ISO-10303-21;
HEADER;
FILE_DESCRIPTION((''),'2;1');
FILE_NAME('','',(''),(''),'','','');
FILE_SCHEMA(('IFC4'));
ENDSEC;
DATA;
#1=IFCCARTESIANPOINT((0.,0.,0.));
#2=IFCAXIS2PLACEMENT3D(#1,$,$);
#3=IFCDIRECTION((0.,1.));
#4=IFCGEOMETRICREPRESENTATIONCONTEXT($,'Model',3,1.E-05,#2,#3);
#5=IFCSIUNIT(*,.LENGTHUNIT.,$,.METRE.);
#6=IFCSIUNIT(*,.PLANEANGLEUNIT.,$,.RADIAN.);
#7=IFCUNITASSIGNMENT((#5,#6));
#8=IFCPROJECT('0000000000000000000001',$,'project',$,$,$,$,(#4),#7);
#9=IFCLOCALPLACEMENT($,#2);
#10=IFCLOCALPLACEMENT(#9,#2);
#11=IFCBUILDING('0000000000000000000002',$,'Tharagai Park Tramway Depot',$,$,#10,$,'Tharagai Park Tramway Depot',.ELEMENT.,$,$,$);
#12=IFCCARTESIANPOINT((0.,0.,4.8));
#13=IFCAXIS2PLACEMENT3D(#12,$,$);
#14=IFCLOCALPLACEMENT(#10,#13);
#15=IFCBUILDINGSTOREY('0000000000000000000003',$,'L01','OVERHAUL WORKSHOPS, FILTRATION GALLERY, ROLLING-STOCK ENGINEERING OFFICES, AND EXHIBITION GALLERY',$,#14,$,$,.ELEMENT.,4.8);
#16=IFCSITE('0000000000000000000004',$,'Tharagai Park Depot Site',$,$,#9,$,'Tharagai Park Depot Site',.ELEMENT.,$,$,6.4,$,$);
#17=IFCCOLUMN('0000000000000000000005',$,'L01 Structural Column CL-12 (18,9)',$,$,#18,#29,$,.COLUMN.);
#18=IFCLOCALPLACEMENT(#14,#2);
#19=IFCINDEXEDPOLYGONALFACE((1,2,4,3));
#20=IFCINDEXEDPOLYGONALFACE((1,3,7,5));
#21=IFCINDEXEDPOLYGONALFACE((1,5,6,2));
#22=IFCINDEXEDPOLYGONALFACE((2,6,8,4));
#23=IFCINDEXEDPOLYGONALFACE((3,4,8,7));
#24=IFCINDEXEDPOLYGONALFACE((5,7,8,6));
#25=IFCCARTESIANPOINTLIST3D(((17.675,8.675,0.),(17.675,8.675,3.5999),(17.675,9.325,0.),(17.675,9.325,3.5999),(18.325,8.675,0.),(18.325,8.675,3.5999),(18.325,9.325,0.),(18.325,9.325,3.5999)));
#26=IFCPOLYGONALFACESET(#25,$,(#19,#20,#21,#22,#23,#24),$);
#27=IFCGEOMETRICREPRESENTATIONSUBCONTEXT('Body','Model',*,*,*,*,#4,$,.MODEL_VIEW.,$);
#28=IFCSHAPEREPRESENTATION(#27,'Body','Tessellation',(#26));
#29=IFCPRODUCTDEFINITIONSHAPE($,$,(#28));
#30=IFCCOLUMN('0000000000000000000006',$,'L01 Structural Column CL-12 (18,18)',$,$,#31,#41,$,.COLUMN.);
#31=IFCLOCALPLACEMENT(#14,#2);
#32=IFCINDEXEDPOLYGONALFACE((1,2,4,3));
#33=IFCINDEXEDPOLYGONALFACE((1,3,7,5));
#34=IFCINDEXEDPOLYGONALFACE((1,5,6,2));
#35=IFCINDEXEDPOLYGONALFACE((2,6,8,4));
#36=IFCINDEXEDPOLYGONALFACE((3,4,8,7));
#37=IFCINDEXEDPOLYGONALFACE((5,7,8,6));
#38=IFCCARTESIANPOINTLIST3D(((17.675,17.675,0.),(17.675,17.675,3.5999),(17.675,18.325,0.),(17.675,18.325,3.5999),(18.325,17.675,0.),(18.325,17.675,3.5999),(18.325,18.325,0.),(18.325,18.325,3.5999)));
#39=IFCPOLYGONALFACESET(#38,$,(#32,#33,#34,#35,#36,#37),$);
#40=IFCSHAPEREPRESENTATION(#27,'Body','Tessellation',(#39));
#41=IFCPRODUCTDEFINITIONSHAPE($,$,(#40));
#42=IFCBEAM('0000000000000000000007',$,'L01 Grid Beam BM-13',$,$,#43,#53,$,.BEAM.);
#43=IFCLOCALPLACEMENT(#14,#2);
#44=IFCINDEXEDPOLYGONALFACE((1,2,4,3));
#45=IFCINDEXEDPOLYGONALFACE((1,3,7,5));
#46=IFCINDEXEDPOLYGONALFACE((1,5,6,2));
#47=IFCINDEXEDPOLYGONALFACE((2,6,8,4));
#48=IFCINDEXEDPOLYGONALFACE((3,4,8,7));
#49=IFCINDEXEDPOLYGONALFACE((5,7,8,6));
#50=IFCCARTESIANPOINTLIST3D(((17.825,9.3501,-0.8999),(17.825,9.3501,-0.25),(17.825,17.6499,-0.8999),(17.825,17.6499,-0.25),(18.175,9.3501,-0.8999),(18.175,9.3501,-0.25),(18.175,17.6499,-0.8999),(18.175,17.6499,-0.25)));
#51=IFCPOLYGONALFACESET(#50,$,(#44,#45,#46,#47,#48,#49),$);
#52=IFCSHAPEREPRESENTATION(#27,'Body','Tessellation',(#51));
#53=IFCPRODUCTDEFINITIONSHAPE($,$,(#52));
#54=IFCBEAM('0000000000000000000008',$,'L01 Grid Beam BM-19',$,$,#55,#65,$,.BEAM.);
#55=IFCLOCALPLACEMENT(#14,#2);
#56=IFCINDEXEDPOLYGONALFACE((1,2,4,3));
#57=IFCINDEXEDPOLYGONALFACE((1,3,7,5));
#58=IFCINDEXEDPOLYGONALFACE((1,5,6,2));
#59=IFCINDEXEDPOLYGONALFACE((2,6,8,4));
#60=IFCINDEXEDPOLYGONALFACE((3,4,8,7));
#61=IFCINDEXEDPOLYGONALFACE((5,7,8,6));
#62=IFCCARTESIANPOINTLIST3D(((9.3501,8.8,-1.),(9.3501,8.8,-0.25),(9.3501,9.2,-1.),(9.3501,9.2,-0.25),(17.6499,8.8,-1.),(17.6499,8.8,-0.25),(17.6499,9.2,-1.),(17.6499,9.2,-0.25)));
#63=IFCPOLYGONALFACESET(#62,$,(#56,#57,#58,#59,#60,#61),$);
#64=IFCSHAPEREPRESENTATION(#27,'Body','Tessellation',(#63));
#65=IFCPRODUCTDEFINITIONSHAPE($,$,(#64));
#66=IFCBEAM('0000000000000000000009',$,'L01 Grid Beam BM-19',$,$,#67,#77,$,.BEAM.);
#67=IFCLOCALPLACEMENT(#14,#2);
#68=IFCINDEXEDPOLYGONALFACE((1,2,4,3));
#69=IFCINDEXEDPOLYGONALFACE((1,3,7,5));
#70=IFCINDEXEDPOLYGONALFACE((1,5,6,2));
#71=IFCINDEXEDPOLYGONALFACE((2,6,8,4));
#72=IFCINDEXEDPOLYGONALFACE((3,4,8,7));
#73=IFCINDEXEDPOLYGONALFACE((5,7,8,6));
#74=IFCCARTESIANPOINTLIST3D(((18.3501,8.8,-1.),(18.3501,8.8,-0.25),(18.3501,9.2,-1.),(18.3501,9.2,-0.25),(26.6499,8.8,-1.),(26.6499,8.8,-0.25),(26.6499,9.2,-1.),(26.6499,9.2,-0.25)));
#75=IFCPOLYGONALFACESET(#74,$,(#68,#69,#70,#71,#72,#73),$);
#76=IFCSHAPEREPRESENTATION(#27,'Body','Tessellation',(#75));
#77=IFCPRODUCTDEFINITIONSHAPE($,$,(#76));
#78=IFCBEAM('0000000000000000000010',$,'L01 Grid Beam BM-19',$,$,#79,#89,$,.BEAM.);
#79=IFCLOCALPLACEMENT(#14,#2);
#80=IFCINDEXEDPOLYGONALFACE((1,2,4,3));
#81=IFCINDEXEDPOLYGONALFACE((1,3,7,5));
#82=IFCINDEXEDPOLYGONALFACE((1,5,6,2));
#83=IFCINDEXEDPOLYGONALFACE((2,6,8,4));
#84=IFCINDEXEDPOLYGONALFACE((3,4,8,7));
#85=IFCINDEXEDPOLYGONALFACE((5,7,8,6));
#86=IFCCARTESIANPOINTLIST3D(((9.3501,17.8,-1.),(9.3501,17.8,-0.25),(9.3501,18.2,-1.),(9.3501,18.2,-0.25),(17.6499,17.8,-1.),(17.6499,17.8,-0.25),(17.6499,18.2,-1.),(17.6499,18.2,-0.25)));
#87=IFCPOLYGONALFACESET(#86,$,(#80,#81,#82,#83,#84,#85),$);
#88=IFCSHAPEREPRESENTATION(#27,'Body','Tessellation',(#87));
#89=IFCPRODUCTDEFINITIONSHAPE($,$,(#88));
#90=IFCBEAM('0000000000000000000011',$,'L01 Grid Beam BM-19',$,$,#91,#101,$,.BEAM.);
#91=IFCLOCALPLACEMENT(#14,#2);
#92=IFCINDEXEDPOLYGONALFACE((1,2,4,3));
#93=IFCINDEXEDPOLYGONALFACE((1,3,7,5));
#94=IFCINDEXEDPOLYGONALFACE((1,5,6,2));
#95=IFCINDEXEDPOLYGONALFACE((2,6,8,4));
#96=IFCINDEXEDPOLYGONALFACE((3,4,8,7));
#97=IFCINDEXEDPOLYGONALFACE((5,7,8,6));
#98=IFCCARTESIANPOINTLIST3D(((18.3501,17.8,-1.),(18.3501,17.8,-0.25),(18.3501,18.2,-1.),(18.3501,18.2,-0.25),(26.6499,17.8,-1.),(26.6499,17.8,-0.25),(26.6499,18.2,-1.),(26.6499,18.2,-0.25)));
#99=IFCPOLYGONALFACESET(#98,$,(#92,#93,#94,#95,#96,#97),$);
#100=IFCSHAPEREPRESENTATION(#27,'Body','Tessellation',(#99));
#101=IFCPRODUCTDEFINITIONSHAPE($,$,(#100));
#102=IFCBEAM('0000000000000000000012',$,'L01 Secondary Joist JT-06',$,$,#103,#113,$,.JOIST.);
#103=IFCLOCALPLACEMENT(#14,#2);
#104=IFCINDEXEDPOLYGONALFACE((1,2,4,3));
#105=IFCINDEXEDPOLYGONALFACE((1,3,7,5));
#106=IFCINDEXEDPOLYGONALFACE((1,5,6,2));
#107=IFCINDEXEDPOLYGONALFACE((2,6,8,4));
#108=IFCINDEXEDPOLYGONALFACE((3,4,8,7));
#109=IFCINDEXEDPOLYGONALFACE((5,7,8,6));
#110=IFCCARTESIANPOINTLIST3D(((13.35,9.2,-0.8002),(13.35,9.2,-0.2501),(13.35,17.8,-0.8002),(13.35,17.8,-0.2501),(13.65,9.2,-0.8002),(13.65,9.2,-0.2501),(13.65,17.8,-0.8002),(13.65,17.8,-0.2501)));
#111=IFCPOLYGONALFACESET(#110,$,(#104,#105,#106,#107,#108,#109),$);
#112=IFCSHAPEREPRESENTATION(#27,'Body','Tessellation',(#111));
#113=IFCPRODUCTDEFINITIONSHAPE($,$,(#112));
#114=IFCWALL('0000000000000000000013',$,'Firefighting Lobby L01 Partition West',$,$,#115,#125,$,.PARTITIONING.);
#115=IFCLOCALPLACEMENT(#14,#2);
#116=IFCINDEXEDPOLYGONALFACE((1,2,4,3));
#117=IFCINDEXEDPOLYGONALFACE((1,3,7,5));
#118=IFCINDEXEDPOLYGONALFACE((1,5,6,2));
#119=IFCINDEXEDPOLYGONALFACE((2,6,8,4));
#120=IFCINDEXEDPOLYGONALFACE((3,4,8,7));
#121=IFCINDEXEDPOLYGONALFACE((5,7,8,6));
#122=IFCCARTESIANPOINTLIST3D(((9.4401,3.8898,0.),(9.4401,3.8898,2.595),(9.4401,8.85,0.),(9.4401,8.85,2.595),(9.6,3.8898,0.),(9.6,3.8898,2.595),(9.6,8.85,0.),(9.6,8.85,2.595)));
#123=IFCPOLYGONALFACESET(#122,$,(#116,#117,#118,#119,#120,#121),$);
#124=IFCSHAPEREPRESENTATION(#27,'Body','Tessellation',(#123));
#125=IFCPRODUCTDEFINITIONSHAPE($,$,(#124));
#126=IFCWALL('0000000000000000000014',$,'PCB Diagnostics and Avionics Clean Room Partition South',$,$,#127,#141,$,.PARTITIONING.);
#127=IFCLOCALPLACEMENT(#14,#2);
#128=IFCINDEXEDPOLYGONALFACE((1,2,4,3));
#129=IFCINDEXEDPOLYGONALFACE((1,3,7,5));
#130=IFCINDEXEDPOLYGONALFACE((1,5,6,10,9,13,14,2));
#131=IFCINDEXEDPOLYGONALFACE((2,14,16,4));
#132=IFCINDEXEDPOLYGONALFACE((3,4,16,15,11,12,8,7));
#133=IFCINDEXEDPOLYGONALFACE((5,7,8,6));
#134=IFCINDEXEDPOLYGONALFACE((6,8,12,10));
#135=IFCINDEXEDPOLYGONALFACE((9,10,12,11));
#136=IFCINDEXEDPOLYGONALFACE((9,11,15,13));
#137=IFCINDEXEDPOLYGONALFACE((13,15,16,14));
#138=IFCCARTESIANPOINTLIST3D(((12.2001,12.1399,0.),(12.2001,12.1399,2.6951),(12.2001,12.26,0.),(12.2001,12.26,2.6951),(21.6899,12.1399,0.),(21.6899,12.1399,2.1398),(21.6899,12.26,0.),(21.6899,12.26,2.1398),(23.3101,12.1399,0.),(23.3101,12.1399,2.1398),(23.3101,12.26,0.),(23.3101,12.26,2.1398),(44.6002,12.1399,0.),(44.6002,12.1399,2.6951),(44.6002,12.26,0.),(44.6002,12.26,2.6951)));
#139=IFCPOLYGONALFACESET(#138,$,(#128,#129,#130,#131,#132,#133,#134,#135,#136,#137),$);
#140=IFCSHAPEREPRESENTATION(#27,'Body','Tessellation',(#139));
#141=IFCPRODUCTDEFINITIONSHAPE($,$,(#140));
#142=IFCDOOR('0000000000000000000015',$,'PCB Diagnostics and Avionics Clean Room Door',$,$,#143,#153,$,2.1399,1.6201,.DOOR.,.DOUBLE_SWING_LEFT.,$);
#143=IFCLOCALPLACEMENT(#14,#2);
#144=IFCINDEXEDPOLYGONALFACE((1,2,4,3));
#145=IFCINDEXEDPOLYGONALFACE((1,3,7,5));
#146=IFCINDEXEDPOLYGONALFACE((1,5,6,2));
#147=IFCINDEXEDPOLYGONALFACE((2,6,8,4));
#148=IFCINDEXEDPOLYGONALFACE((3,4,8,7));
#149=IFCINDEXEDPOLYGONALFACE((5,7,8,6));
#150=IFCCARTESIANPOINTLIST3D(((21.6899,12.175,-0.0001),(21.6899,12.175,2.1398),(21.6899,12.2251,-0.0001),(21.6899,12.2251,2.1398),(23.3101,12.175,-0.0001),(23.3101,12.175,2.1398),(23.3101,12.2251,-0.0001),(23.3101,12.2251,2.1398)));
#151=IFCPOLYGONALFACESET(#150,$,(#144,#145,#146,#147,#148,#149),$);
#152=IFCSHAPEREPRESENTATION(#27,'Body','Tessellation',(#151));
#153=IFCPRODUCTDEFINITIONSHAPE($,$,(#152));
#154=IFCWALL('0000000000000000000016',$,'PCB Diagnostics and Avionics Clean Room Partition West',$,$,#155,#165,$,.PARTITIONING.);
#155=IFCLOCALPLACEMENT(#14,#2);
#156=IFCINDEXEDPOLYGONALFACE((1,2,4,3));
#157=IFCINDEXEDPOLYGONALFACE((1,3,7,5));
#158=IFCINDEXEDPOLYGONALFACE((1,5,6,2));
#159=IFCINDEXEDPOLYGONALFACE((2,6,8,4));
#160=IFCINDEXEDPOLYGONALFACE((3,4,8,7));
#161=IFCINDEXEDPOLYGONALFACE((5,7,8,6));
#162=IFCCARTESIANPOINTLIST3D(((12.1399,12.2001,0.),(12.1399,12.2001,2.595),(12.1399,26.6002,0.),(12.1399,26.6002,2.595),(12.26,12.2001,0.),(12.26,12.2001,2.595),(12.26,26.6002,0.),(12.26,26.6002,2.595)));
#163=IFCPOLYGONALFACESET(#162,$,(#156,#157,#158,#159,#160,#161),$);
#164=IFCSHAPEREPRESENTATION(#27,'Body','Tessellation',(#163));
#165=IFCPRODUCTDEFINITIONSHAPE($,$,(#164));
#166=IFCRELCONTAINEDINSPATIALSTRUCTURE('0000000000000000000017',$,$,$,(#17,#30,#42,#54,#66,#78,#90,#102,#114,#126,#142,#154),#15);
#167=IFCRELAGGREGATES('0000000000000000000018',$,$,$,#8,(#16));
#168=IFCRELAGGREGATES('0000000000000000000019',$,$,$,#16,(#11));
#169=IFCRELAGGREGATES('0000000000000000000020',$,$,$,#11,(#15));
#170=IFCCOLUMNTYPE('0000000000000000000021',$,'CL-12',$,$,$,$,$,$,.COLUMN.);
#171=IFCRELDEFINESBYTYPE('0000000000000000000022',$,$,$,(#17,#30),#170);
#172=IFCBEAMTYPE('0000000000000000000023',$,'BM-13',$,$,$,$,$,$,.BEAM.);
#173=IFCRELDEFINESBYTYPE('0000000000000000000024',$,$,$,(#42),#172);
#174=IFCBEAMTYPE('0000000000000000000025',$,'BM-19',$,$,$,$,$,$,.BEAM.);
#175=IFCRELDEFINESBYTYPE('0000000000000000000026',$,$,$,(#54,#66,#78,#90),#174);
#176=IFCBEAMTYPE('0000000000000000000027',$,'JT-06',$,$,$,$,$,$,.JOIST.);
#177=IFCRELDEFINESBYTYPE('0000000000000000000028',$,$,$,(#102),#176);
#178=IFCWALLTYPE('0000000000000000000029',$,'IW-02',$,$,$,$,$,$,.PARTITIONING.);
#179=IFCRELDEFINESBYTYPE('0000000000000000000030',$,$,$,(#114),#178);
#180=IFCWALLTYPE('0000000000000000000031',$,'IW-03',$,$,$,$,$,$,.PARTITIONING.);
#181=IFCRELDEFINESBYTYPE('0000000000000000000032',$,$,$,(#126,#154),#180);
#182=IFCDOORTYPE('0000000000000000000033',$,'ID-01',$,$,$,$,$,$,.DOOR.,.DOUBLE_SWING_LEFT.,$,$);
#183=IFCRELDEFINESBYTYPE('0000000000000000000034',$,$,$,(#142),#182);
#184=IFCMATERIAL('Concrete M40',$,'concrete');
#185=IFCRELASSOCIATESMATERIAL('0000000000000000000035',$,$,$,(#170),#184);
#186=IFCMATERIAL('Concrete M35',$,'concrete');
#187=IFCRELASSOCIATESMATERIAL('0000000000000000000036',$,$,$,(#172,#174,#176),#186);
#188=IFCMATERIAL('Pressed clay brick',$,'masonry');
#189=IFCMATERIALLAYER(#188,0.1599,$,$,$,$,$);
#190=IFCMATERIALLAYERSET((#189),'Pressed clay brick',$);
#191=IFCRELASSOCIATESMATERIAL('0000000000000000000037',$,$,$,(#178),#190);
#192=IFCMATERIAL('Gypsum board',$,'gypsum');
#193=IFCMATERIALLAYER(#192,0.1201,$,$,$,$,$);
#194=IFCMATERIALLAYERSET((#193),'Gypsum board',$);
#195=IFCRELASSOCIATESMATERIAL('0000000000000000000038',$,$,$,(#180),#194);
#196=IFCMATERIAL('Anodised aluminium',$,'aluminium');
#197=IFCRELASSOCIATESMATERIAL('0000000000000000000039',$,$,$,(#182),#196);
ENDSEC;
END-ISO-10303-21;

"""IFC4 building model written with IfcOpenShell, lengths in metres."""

from ifc_helpers import new_model, si_unit, direction, frame, frame_2d, origin, origin_2d, place, context, subcontext, project, spatial, rectangle, extrude, material, layer, layer_set, material_profile, profile_set, type_object, element, fill, save


model = new_model("IFC4")

# Units and contexts
model_context = context("Model", 3, precision=1e-05, world=origin(), true_north=direction((0.0, 1.0)))
body_context = subcontext(model_context, "Body", "Model", "MODEL_VIEW")
ifc_project = project(units=[si_unit("LENGTHUNIT", "METRE"), si_unit("PLANEANGLEUNIT", "RADIAN")], contexts=[model_context])

# Site, building, storey
site_placement = place(None, origin())
site = spatial("IfcSite", under=ifc_project, at=site_placement, Name="Tharagai Park Depot Site", LongName="Tharagai Park Depot Site", CompositionType="ELEMENT", RefElevation=6.4)
building_placement = place(site_placement, origin())
building = spatial("IfcBuilding", under=site, at=building_placement, Name="Tharagai Park Tramway Depot", LongName="Tharagai Park Tramway Depot", CompositionType="ELEMENT")
storey_placement = place(building_placement, frame((0.0, 0.0, 4.8)))
storey = spatial("IfcBuildingStorey", under=building, at=storey_placement, Name="L01", Description="OVERHAUL WORKSHOPS, FILTRATION GALLERY, ROLLING-STOCK ENGINEERING OFFICES, AND EXHIBITION GALLERY", CompositionType="ELEMENT", Elevation=4.8)

# Columns
ifc_material_1 = material(Name="Concrete M40", Category="concrete")
ifc_material_profile_1 = material_profile(ifc_material_1, rectangle(XDim=0.6499, YDim=0.6499, at=origin_2d()), Name="RC 650x650")
ifc_profile_set_1 = profile_set([ifc_material_profile_1], Name="Concrete M40")
column_type = type_object("IfcColumnType", Name="CL-12", PredefinedType="COLUMN", material=ifc_profile_set_1)
for number, where, z_axis, x_axis, name in (
    (1, (18.0, 9.0, 0.0), (0.0, 0.0, 1.0), (1.0, 0.0, 0.0), "L01 Structural Column CL-12 (18,9)"),
    (2, (18.0, 18.0, 0.0), (0.0, 0.0, 1.0), (1.0, 0.0, 0.0), "L01 Structural Column CL-12 (18,18)"),
):
    element("IfcColumn", number, at=place(storey_placement, frame(where, z_axis=z_axis, x_axis=x_axis)), inside=storey, type_object=column_type, Name=name, PredefinedType="COLUMN", context=body_context, shape_type="SweptSolid", body=[
        extrude(rectangle(XDim=0.6499, YDim=0.6499, at=origin_2d()), origin(), (0.0, 0.0, 1.0), 3.5999),
    ])

# Beams
ifc_material_2 = material(Name="Concrete M35", Category="concrete")
ifc_material_profile_2 = material_profile(ifc_material_2, rectangle(XDim=0.3501, YDim=0.6499, at=origin_2d()), Name="RC 350x650")
ifc_profile_set_2 = profile_set([ifc_material_profile_2], Name="Concrete M35")
beam_type_1 = type_object("IfcBeamType", Name="BM-13", PredefinedType="BEAM", material=ifc_profile_set_2)
beam_1_placement = place(storey_placement, frame((18.0, 9.3501, -0.575), z_axis=(0.0, 1.0, 0.0), x_axis=(-1.0, 0.0, 0.0)))
element("IfcBeam", 3, at=beam_1_placement, inside=storey, type_object=beam_type_1, Name="L01 Grid Beam BM-13", PredefinedType="BEAM", context=body_context, shape_type="SweptSolid", body=[
    extrude(rectangle(XDim=0.3501, YDim=0.6499, at=origin_2d()), origin(), (0.0, 0.0, 1.0), 8.2998),
])
ifc_material_profile_3 = material_profile(ifc_material_2, rectangle(XDim=0.3999, YDim=0.75, at=origin_2d()), Name="RC 400x750")
ifc_profile_set_3 = profile_set([ifc_material_profile_3], Name="Concrete M35")
beam_type_2 = type_object("IfcBeamType", Name="BM-19", PredefinedType="BEAM", material=ifc_profile_set_3)
for number, where, z_axis, x_axis, name in (
    (4, (9.3501, 9.0, -0.625), (1.0, 0.0, 0.0), (0.0, 1.0, 0.0), "L01 Grid Beam BM-19"),
    (5, (18.3501, 9.0, -0.625), (1.0, 0.0, 0.0), (0.0, 1.0, 0.0), "L01 Grid Beam BM-19"),
    (6, (9.3501, 18.0, -0.625), (1.0, 0.0, 0.0), (0.0, 1.0, 0.0), "L01 Grid Beam BM-19"),
    (7, (18.3501, 18.0, -0.625), (1.0, 0.0, 0.0), (0.0, 1.0, 0.0), "L01 Grid Beam BM-19"),
):
    element("IfcBeam", number, at=place(storey_placement, frame(where, z_axis=z_axis, x_axis=x_axis)), inside=storey, type_object=beam_type_2, Name=name, PredefinedType="BEAM", context=body_context, shape_type="SweptSolid", body=[
        extrude(rectangle(XDim=0.3999, YDim=0.75, at=origin_2d()), origin(), (0.0, 0.0, 1.0), 8.2998),
    ])
ifc_material_profile_4 = material_profile(ifc_material_2, rectangle(XDim=0.3, YDim=0.55, at=origin_2d()), Name="RC 300x550")
ifc_profile_set_4 = profile_set([ifc_material_profile_4], Name="Concrete M35")
beam_type_3 = type_object("IfcBeamType", Name="JT-06", PredefinedType="JOIST", material=ifc_profile_set_4)
beam_2_placement = place(storey_placement, frame((13.5, 9.2, -0.5251), z_axis=(0.0, 1.0, 0.0), x_axis=(-1.0, 0.0, 0.0)))
element("IfcBeam", 8, at=beam_2_placement, inside=storey, type_object=beam_type_3, Name="L01 Secondary Joist JT-06", PredefinedType="JOIST", context=body_context, shape_type="SweptSolid", body=[
    extrude(rectangle(XDim=0.3, YDim=0.55, at=origin_2d()), origin(), (0.0, 0.0, 1.0), 8.6001),
])

# Shared definitions
ifc_material_3 = material(Name="Pressed clay brick", Category="masonry")
ifc_layer_1 = layer(ifc_material_3, 0.1599)
ifc_layer_set_1 = layer_set([ifc_layer_1], Name="Pressed clay brick")
wall_type_1 = type_object("IfcWallType", Name="IW-02", PredefinedType="PARTITIONING", material=ifc_layer_set_1)

# Wall
wall_1_placement = place(storey_placement, frame((9.52, 3.8899, 0.0), z_axis=(0.0, 0.0, 1.0), x_axis=(0.0, 1.0, 0.0)))
element("IfcWall", 9, at=wall_1_placement, inside=storey, type_object=wall_type_1, Name="Firefighting Lobby L01 Partition West", PredefinedType="PARTITIONING", context=body_context, shape_type="SweptSolid", body=[
    extrude(rectangle(XDim=4.9602, YDim=0.1599, at=frame_2d((2.48, 0.0))), origin(), (0.0, 0.0, 1.0), 2.595),
])

# Wall, opening, door
ifc_material_4 = material(Name="Gypsum board", Category="gypsum")
ifc_layer_2 = layer(ifc_material_4, 0.1201)
ifc_layer_set_2 = layer_set([ifc_layer_2], Name="Gypsum board")
wall_type_2 = type_object("IfcWallType", Name="IW-03", PredefinedType="PARTITIONING", material=ifc_layer_set_2)
wall_2_placement = place(storey_placement, frame((12.2, 12.2, 0.0), z_axis=(0.0, 0.0, 1.0), x_axis=(1.0, 0.0, 0.0)))
wall_2 = element("IfcWall", 10, at=wall_2_placement, inside=storey, type_object=wall_type_2, Name="PCB Diagnostics and Avionics Clean Room Partition South", PredefinedType="PARTITIONING", context=body_context, shape_type="SweptSolid", body=[
    extrude(rectangle(XDim=32.4001, YDim=0.1201, at=frame_2d((16.2002, 0.0))), origin(), (0.0, 0.0, 1.0), 2.6951),
])
opening_1_placement = place(wall_2_placement, frame((9.49, 0.0, 0.0)))
opening_1 = element("IfcOpeningElement", 11, at=opening_1_placement, cuts=wall_2, PredefinedType="OPENING", context=body_context, shape_type="SweptSolid", body=[
    extrude(rectangle(XDim=1.6201, YDim=2.1399, at=frame_2d((0.8101, 1.0698))), frame((0.0, 0.0701, 0.0), z_axis=(0.0, -1.0, 0.0), x_axis=(1.0, 0.0, 0.0)), (0.0, 0.0, 1.0), 0.1401),
])
ifc_material_5 = material(Name="Anodised aluminium", Category="aluminium")
door_type_1 = type_object("IfcDoorType", Name="ID-01", OperationType="DOUBLE_SWING_LEFT", PredefinedType="DOOR", material=ifc_material_5)
door_1_placement = place(opening_1_placement, frame((1.6201, 0.0, 0.0), z_axis=(0.0, 0.0, 1.0), x_axis=(-1.0, 0.0, 0.0)))
door_1 = element("IfcDoor", 12, at=door_1_placement, inside=storey, type_object=door_type_1, Name="PCB Diagnostics and Avionics Clean Room Door", OperationType="DOUBLE_SWING_LEFT", OverallHeight=2.1399, OverallWidth=1.6201, PredefinedType="DOOR", context=body_context, shape_type="SweptSolid", body=[
    extrude(rectangle(XDim=1.6201, YDim=2.1399, at=frame_2d((0.8101, 1.0698))), frame((0.0, 0.0249, 0.0), z_axis=(0.0, -1.0, 0.0), x_axis=(1.0, 0.0, 0.0)), (0.0, 0.0, 1.0), 0.05),
])
fill(opening_1, door_1)

# Wall
wall_3_placement = place(storey_placement, frame((12.2, 12.2, 0.0), z_axis=(0.0, 0.0, 1.0), x_axis=(0.0, 1.0, 0.0)))
element("IfcWall", 13, at=wall_3_placement, inside=storey, type_object=wall_type_2, Name="PCB Diagnostics and Avionics Clean Room Partition West", PredefinedType="PARTITIONING", context=body_context, shape_type="SweptSolid", body=[
    extrude(rectangle(XDim=14.4001, YDim=0.1201, at=frame_2d((7.2002, 0.0))), origin(), (0.0, 0.0, 1.0), 2.595),
])

save(model, "model.ifc")
